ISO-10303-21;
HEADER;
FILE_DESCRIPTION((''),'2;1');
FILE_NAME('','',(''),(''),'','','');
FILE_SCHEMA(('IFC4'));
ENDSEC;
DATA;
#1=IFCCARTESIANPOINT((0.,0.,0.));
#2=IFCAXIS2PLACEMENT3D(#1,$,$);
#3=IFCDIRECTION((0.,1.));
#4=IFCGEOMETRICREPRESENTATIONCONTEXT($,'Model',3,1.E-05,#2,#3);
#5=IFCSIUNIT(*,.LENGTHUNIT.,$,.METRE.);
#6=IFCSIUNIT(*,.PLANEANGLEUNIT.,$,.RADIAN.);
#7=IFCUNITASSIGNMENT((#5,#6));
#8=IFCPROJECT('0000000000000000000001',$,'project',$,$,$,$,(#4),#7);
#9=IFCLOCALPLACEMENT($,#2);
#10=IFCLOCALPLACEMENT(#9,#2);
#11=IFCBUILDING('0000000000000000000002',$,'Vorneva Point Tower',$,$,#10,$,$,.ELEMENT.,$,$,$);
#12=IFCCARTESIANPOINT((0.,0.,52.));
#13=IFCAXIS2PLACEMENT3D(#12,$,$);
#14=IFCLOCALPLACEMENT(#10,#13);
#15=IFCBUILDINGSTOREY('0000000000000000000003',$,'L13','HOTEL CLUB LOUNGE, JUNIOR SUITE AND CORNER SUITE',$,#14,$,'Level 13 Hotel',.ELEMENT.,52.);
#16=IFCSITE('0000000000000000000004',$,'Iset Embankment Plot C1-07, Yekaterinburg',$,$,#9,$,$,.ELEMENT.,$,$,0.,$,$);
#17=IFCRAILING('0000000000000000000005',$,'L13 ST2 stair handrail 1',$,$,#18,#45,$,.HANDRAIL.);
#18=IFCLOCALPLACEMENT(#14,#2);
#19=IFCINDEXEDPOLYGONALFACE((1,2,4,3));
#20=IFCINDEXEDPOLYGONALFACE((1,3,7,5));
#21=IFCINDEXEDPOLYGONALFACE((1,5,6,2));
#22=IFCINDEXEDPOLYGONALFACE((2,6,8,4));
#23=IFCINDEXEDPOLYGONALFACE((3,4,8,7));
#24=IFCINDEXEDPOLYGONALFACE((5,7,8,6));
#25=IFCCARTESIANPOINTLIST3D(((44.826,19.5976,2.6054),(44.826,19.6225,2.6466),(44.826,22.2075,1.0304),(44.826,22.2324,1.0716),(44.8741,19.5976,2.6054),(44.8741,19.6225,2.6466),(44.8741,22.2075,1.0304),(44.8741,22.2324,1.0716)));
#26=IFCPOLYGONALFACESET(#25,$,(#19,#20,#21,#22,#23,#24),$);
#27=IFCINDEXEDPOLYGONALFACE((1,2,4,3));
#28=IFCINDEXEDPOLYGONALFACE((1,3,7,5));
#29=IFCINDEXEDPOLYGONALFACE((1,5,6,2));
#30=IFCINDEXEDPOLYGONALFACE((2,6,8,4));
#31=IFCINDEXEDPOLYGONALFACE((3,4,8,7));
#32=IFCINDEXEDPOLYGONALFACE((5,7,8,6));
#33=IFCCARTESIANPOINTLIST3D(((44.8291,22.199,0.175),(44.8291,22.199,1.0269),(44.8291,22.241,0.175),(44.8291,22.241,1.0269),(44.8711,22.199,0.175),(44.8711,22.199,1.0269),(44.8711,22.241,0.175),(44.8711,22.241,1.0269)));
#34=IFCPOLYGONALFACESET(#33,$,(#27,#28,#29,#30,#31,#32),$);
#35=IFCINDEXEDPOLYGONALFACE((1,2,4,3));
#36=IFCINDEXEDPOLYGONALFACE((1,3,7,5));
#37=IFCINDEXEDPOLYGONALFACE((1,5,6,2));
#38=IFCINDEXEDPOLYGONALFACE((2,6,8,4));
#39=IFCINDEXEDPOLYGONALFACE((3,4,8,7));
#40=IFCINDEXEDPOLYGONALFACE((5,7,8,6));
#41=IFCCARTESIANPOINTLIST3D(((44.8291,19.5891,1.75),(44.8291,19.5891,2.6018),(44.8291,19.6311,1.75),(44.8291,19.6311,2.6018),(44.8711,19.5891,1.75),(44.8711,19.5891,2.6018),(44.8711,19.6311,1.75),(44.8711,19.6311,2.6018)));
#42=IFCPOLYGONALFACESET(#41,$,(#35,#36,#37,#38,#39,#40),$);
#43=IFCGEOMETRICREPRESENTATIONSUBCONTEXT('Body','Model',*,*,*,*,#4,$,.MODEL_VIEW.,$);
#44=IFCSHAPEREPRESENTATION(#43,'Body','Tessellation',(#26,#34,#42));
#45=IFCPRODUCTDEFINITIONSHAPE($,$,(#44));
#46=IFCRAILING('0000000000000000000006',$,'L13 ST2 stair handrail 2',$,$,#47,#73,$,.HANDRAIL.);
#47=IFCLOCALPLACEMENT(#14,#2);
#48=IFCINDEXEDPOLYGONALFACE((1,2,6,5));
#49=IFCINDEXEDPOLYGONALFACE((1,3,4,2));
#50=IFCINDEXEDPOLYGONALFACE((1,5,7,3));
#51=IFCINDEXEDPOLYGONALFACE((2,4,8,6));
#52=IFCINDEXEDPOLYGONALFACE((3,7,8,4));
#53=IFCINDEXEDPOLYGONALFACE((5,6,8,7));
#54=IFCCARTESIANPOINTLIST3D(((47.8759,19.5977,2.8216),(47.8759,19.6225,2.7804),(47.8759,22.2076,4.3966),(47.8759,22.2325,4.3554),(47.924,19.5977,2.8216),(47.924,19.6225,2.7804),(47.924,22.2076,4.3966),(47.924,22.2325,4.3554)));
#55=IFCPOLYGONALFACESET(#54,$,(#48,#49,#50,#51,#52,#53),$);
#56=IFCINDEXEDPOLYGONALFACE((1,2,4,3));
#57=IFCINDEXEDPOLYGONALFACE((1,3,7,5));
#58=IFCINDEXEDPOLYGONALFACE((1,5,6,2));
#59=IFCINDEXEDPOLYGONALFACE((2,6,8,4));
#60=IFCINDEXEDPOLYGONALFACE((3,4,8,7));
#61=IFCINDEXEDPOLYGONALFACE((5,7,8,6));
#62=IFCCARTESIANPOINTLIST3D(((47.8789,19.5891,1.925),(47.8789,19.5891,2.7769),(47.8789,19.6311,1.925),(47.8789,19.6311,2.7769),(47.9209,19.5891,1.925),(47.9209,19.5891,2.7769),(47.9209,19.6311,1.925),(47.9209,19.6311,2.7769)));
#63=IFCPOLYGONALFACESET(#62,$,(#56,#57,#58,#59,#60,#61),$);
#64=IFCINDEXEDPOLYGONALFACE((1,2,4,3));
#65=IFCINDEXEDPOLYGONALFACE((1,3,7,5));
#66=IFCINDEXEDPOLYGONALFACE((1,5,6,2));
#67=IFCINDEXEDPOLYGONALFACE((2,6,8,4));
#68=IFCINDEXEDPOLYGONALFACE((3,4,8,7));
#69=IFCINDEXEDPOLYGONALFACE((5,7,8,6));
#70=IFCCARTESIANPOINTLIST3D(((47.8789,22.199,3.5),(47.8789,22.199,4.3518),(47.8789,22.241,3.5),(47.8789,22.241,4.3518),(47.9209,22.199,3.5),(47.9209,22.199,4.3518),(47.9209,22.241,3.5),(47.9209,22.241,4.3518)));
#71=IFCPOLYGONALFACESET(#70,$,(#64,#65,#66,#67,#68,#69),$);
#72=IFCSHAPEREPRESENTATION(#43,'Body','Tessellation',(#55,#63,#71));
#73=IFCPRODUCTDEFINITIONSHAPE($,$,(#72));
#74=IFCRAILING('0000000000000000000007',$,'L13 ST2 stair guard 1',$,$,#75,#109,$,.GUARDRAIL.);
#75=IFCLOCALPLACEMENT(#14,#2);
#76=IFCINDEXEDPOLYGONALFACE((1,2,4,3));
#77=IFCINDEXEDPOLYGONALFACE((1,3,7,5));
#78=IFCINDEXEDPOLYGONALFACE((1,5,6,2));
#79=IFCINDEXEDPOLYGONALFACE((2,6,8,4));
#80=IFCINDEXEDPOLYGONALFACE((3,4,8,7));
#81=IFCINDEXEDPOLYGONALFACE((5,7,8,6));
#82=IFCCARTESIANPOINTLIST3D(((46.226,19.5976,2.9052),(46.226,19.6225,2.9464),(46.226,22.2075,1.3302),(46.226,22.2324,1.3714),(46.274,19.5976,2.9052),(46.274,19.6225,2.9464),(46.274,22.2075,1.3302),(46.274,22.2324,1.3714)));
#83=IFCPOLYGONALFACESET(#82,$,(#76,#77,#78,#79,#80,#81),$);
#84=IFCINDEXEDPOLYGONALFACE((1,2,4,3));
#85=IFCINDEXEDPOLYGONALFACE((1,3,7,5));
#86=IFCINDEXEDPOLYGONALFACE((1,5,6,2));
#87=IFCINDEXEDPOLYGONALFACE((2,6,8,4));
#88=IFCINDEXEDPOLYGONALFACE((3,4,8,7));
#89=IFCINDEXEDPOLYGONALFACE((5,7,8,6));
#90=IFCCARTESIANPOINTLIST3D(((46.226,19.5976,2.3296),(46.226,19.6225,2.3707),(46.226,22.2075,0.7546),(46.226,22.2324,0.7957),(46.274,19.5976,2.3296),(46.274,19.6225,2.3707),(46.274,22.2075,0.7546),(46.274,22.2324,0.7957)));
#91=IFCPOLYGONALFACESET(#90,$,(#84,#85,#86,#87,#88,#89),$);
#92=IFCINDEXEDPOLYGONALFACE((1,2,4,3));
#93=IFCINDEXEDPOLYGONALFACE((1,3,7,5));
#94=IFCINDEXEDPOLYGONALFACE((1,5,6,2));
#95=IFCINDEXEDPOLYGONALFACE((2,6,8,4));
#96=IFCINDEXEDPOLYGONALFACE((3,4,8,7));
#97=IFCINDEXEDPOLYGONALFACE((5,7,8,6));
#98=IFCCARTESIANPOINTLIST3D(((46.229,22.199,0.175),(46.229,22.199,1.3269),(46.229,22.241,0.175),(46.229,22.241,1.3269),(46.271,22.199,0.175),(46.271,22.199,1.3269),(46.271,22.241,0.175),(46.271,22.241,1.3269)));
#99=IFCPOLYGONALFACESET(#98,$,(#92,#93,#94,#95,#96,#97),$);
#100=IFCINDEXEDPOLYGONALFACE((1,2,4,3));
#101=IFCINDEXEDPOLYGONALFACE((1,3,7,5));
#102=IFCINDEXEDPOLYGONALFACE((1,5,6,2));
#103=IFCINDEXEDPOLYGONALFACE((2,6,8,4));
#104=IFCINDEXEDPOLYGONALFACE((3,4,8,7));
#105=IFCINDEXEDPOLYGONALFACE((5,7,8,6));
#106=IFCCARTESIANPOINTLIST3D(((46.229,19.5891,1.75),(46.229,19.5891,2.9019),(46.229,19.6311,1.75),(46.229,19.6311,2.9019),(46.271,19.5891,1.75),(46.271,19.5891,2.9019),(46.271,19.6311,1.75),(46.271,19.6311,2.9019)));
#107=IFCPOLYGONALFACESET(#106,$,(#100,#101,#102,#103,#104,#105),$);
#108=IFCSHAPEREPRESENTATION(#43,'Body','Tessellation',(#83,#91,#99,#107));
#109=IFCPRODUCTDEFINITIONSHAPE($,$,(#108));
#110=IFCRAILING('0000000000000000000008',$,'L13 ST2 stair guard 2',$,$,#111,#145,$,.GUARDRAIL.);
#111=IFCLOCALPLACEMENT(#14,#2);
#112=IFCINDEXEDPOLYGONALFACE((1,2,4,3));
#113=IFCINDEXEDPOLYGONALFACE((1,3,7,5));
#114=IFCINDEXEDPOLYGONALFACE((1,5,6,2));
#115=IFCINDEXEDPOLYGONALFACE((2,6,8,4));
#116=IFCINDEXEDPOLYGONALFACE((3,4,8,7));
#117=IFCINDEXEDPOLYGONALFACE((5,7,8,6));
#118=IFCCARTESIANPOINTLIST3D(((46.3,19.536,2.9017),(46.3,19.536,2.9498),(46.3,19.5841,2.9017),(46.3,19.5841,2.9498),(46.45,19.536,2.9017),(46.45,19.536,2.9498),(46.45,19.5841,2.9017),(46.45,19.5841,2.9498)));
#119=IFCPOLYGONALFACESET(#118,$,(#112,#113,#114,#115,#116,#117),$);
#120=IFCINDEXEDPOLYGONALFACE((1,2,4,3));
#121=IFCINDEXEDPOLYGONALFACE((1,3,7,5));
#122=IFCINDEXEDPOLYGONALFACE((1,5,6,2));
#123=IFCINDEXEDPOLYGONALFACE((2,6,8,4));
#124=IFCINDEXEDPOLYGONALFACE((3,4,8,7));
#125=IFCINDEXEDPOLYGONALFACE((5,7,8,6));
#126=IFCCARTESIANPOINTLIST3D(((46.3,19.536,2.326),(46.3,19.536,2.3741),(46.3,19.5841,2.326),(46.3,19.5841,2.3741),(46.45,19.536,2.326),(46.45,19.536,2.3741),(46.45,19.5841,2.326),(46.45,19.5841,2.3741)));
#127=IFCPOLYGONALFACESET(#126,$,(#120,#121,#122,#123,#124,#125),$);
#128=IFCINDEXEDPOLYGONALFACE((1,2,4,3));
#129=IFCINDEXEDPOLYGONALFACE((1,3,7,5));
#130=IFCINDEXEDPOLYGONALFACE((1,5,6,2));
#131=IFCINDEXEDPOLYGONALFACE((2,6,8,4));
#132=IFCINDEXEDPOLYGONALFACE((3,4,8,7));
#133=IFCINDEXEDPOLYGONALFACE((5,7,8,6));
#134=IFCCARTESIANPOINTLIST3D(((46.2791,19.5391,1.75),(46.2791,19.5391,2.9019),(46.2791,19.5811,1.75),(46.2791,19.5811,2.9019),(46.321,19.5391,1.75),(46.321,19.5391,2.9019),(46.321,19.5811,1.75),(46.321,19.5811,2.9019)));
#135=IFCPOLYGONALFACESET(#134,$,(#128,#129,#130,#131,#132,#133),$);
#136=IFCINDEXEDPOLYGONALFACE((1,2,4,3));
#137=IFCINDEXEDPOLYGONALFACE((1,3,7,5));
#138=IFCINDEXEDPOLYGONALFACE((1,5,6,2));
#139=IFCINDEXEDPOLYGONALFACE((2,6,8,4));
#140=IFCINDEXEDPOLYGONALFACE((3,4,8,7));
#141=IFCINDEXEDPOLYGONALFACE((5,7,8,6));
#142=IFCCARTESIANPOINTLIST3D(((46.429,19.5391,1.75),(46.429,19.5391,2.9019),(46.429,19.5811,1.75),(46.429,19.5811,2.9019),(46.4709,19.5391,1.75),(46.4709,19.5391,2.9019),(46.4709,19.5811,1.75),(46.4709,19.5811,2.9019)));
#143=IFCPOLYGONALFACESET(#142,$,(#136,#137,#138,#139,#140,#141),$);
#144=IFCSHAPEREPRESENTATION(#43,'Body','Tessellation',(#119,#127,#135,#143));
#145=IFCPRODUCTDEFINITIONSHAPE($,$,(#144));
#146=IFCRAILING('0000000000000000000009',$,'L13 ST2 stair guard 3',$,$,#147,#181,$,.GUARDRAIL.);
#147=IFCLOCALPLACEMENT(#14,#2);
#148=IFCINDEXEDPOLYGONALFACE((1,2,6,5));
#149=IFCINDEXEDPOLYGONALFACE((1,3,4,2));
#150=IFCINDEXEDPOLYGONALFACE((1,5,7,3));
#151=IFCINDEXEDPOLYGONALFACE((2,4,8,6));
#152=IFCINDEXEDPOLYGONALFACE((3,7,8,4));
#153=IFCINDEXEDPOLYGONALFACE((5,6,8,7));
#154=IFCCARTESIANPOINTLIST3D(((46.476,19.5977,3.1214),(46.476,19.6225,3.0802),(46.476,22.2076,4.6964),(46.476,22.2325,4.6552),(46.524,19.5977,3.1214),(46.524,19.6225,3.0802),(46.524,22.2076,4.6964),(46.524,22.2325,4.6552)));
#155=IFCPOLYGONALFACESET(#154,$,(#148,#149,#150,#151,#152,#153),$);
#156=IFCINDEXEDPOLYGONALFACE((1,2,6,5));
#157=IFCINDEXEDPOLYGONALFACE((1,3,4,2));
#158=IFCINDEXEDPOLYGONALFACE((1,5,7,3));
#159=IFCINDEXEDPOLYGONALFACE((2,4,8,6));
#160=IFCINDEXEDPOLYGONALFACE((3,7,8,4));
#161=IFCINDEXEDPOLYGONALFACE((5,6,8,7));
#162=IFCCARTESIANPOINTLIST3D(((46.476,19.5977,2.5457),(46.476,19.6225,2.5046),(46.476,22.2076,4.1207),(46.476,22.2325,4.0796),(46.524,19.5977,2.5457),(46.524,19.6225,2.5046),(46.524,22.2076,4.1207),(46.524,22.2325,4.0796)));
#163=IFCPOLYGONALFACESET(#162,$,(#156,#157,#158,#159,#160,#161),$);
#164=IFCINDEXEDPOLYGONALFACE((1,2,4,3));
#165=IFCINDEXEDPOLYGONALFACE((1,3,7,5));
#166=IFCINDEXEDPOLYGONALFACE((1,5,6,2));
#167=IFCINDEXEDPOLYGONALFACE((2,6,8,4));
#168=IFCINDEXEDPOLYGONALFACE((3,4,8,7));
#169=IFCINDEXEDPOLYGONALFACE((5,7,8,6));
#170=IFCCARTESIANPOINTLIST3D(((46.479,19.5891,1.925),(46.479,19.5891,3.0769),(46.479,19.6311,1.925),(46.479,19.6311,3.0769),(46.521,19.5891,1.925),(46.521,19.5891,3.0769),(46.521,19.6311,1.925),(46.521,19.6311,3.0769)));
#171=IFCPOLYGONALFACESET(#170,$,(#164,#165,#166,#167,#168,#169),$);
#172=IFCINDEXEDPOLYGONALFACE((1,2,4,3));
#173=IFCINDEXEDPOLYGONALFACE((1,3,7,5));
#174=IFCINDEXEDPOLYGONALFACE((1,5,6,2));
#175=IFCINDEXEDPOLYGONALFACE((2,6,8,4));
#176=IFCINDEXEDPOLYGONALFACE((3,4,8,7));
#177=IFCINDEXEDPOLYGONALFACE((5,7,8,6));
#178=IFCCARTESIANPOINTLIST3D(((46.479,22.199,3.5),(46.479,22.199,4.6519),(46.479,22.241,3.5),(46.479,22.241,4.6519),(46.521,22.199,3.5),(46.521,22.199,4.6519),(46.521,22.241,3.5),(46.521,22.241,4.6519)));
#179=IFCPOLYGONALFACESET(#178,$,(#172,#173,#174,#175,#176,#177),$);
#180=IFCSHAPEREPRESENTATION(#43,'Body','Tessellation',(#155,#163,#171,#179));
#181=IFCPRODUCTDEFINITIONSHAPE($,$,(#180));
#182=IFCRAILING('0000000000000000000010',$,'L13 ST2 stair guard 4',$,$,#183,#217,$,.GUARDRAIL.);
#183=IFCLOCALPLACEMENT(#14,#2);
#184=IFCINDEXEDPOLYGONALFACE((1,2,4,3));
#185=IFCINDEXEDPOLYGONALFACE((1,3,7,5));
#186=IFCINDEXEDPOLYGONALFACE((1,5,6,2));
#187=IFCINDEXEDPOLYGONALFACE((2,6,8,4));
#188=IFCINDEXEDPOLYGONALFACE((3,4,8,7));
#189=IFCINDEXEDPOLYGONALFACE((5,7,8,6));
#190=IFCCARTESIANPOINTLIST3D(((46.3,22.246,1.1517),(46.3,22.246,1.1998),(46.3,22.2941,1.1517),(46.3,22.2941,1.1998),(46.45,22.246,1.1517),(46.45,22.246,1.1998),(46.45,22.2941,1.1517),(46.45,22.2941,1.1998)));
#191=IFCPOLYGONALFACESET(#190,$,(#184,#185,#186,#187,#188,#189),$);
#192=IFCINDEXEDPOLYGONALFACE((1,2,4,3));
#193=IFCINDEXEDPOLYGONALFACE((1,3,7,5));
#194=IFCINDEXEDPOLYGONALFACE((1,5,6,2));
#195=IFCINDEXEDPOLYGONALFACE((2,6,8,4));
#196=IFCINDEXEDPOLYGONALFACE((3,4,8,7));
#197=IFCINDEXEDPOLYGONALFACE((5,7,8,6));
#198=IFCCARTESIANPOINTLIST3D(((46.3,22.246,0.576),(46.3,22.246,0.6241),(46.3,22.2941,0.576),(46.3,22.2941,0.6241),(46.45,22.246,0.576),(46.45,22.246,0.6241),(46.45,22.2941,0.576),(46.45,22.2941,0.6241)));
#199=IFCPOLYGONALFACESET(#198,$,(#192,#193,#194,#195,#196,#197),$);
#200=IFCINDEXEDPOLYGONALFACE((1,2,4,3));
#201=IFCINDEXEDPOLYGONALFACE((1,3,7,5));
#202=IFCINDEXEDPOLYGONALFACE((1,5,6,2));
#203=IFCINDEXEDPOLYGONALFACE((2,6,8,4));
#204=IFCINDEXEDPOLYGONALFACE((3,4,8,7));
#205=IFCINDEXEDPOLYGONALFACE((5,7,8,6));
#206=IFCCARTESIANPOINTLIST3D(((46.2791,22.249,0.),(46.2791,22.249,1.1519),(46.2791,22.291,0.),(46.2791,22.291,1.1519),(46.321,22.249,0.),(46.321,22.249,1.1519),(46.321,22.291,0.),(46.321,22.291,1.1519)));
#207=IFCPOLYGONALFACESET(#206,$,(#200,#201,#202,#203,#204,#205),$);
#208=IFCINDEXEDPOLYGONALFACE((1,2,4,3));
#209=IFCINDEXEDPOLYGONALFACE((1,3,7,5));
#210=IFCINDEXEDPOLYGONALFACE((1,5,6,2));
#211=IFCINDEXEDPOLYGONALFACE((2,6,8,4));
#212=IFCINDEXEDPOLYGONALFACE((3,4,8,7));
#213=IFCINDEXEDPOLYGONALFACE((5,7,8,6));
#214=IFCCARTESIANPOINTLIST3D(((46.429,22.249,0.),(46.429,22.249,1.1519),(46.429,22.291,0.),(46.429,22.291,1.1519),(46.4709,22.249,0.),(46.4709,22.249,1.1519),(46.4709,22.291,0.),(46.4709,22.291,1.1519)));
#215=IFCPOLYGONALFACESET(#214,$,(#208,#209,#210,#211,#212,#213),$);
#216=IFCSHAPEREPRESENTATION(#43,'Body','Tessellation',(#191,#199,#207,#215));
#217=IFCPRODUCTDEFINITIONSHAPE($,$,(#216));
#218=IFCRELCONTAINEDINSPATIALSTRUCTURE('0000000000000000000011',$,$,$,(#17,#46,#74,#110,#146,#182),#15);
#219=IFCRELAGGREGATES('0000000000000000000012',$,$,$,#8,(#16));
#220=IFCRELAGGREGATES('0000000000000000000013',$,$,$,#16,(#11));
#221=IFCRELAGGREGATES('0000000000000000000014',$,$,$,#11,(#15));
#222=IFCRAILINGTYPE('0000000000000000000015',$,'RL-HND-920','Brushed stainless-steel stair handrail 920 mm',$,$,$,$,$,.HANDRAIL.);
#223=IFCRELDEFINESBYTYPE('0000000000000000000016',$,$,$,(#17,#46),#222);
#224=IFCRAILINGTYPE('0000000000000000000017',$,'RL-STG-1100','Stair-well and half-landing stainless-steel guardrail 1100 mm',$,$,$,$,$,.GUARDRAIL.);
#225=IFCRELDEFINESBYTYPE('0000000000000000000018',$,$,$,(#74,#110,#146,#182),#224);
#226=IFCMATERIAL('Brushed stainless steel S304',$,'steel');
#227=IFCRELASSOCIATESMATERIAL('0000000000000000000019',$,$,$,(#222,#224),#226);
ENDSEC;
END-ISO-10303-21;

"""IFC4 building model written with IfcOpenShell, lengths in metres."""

from ifc_helpers import new_model, si_unit, direction, frame, origin, origin_2d, place, context, subcontext, project, spatial, rectangle, extrude, material, type_object, element, save


model = new_model("IFC4")

# Units and contexts
model_context = context("Model", 3, precision=1e-05, world=origin(), true_north=direction((0.0, 1.0)))
body_context = subcontext(model_context, "Body", "Model", "MODEL_VIEW")
ifc_project = project(units=[si_unit("LENGTHUNIT", "METRE"), si_unit("PLANEANGLEUNIT", "RADIAN")], contexts=[model_context])

# Site, building, storey
site_placement = place(None, origin())
site = spatial("IfcSite", under=ifc_project, at=site_placement, Name="Iset Embankment Plot C1-07, Yekaterinburg", CompositionType="ELEMENT", RefElevation=0.0)
building_placement = place(site_placement, origin())
building = spatial("IfcBuilding", under=site, at=building_placement, Name="Vorneva Point Tower", CompositionType="ELEMENT")
storey_placement = place(building_placement, frame((0.0, 0.0, 52.0)))
storey = spatial("IfcBuildingStorey", under=building, at=storey_placement, Name="L13", Description="HOTEL CLUB LOUNGE, JUNIOR SUITE AND CORNER SUITE", LongName="Level 13 Hotel", CompositionType="ELEMENT", Elevation=52.0)

# Railings
ifc_material_1 = material(Name="Brushed stainless steel S304", Category="steel")
railing_type_1 = type_object("IfcRailingType", Name="RL-HND-920", Description="Brushed stainless-steel stair handrail 920 mm", PredefinedType="HANDRAIL", material=ifc_material_1)
railing_1_placement = place(storey_placement, frame((44.8501, 22.22, 0.175)))
element("IfcRailing", 1, at=railing_1_placement, inside=storey, type_object=railing_type_1, Name="L13 ST2 stair handrail 1", PredefinedType="HANDRAIL", context=body_context, shape_type="SweptSolid", body=[
    extrude(rectangle(XDim=0.0481, YDim=0.0481, at=origin_2d()), frame((0.0, 0.0, 0.876), z_axis=(0.0, -0.856183, 0.516673), x_axis=(1.0, 0.0, 0.0)), (0.0, 0.0, 1.0), 3.0483),
    extrude(rectangle(XDim=0.042, YDim=0.042, at=origin_2d()), origin(), (0.0, 0.0, 1.0), 0.8518),
    extrude(rectangle(XDim=0.042, YDim=0.042, at=origin_2d()), frame((0.0, -2.6099, 1.575)), (0.0, 0.0, 1.0), 0.8518),
])
railing_2_placement = place(storey_placement, frame((47.8999, 19.6101, 1.925)))
element("IfcRailing", 2, at=railing_2_placement, inside=storey, type_object=railing_type_1, Name="L13 ST2 stair handrail 2", PredefinedType="HANDRAIL", context=body_context, shape_type="SweptSolid", body=[
    extrude(rectangle(XDim=0.0481, YDim=0.0481, at=origin_2d()), frame((0.0, 0.0, 0.876), z_axis=(0.0, 0.856183, 0.516673), x_axis=(-1.0, 0.0, 0.0)), (0.0, 0.0, 1.0), 3.0483),
    extrude(rectangle(XDim=0.042, YDim=0.042, at=origin_2d()), origin(), (0.0, 0.0, 1.0), 0.8518),
    extrude(rectangle(XDim=0.042, YDim=0.042, at=origin_2d()), frame((0.0, 2.6099, 1.575)), (0.0, 0.0, 1.0), 0.8518),
])
railing_type_2 = type_object("IfcRailingType", Name="RL-STG-1100", Description="Stair-well and half-landing stainless-steel guardrail 1100 mm", PredefinedType="GUARDRAIL", material=ifc_material_1)
railing_3_placement = place(storey_placement, frame((46.25, 22.22, 0.175)))
element("IfcRailing", 3, at=railing_3_placement, inside=storey, type_object=railing_type_2, Name="L13 ST2 stair guard 1", PredefinedType="GUARDRAIL", context=body_context, shape_type="SweptSolid", body=[
    extrude(rectangle(XDim=0.0481, YDim=0.0481, at=origin_2d()), frame((0.0, 0.0, 1.1758), z_axis=(0.0, -0.856183, 0.516673), x_axis=(1.0, 0.0, 0.0)), (0.0, 0.0, 1.0), 3.0483),
    extrude(rectangle(XDim=0.0481, YDim=0.0481, at=origin_2d()), frame((0.0, 0.0, 0.6001), z_axis=(0.0, -0.856183, 0.516673), x_axis=(1.0, 0.0, 0.0)), (0.0, 0.0, 1.0), 3.0483),
    extrude(rectangle(XDim=0.042, YDim=0.042, at=origin_2d()), origin(), (0.0, 0.0, 1.0), 1.1519),
    extrude(rectangle(XDim=0.042, YDim=0.042, at=origin_2d()), frame((0.0, -2.6099, 1.575)), (0.0, 0.0, 1.0), 1.1519),
])
railing_4_placement = place(storey_placement, frame((46.3, 19.5601, 1.75)))
element("IfcRailing", 4, at=railing_4_placement, inside=storey, type_object=railing_type_2, Name="L13 ST2 stair guard 2", PredefinedType="GUARDRAIL", context=body_context, shape_type="SweptSolid", body=[
    extrude(rectangle(XDim=0.0481, YDim=0.0481, at=origin_2d()), frame((0.0, 0.0, 1.1758), z_axis=(1.0, 0.0, 0.0), x_axis=(0.0, 1.0, 0.0)), (0.0, 0.0, 1.0), 0.1499),
    extrude(rectangle(XDim=0.0481, YDim=0.0481, at=origin_2d()), frame((0.0, 0.0, 0.6001), z_axis=(1.0, 0.0, 0.0), x_axis=(0.0, 1.0, 0.0)), (0.0, 0.0, 1.0), 0.1499),
    extrude(rectangle(XDim=0.042, YDim=0.042, at=origin_2d()), origin(), (0.0, 0.0, 1.0), 1.1519),
    extrude(rectangle(XDim=0.042, YDim=0.042, at=origin_2d()), frame((0.1499, 0.0, 0.0)), (0.0, 0.0, 1.0), 1.1519),
])
railing_5_placement = place(storey_placement, frame((46.5, 19.6101, 1.925)))
element("IfcRailing", 5, at=railing_5_placement, inside=storey, type_object=railing_type_2, Name="L13 ST2 stair guard 3", PredefinedType="GUARDRAIL", context=body_context, shape_type="SweptSolid", body=[
    extrude(rectangle(XDim=0.0481, YDim=0.0481, at=origin_2d()), frame((0.0, 0.0, 1.1758), z_axis=(0.0, 0.856183, 0.516673), x_axis=(-1.0, 0.0, 0.0)), (0.0, 0.0, 1.0), 3.0483),
    extrude(rectangle(XDim=0.0481, YDim=0.0481, at=origin_2d()), frame((0.0, 0.0, 0.6001), z_axis=(0.0, 0.856183, 0.516673), x_axis=(-1.0, 0.0, 0.0)), (0.0, 0.0, 1.0), 3.0483),
    extrude(rectangle(XDim=0.042, YDim=0.042, at=origin_2d()), origin(), (0.0, 0.0, 1.0), 1.1519),
    extrude(rectangle(XDim=0.042, YDim=0.042, at=origin_2d()), frame((0.0, 2.6099, 1.575)), (0.0, 0.0, 1.0), 1.1519),
])
railing_6_placement = place(storey_placement, frame((46.3, 22.27, 0.0)))
element("IfcRailing", 6, at=railing_6_placement, inside=storey, type_object=railing_type_2, Name="L13 ST2 stair guard 4", PredefinedType="GUARDRAIL", context=body_context, shape_type="SweptSolid", body=[
    extrude(rectangle(XDim=0.0481, YDim=0.0481, at=origin_2d()), frame((0.0, 0.0, 1.1758), z_axis=(1.0, 0.0, 0.0), x_axis=(0.0, 1.0, 0.0)), (0.0, 0.0, 1.0), 0.1499),
    extrude(rectangle(XDim=0.0481, YDim=0.0481, at=origin_2d()), frame((0.0, 0.0, 0.6001), z_axis=(1.0, 0.0, 0.0), x_axis=(0.0, 1.0, 0.0)), (0.0, 0.0, 1.0), 0.1499),
    extrude(rectangle(XDim=0.042, YDim=0.042, at=origin_2d()), origin(), (0.0, 0.0, 1.0), 1.1519),
    extrude(rectangle(XDim=0.042, YDim=0.042, at=origin_2d()), frame((0.1499, 0.0, 0.0)), (0.0, 0.0, 1.0), 1.1519),
])

save(model, "model.ifc")
